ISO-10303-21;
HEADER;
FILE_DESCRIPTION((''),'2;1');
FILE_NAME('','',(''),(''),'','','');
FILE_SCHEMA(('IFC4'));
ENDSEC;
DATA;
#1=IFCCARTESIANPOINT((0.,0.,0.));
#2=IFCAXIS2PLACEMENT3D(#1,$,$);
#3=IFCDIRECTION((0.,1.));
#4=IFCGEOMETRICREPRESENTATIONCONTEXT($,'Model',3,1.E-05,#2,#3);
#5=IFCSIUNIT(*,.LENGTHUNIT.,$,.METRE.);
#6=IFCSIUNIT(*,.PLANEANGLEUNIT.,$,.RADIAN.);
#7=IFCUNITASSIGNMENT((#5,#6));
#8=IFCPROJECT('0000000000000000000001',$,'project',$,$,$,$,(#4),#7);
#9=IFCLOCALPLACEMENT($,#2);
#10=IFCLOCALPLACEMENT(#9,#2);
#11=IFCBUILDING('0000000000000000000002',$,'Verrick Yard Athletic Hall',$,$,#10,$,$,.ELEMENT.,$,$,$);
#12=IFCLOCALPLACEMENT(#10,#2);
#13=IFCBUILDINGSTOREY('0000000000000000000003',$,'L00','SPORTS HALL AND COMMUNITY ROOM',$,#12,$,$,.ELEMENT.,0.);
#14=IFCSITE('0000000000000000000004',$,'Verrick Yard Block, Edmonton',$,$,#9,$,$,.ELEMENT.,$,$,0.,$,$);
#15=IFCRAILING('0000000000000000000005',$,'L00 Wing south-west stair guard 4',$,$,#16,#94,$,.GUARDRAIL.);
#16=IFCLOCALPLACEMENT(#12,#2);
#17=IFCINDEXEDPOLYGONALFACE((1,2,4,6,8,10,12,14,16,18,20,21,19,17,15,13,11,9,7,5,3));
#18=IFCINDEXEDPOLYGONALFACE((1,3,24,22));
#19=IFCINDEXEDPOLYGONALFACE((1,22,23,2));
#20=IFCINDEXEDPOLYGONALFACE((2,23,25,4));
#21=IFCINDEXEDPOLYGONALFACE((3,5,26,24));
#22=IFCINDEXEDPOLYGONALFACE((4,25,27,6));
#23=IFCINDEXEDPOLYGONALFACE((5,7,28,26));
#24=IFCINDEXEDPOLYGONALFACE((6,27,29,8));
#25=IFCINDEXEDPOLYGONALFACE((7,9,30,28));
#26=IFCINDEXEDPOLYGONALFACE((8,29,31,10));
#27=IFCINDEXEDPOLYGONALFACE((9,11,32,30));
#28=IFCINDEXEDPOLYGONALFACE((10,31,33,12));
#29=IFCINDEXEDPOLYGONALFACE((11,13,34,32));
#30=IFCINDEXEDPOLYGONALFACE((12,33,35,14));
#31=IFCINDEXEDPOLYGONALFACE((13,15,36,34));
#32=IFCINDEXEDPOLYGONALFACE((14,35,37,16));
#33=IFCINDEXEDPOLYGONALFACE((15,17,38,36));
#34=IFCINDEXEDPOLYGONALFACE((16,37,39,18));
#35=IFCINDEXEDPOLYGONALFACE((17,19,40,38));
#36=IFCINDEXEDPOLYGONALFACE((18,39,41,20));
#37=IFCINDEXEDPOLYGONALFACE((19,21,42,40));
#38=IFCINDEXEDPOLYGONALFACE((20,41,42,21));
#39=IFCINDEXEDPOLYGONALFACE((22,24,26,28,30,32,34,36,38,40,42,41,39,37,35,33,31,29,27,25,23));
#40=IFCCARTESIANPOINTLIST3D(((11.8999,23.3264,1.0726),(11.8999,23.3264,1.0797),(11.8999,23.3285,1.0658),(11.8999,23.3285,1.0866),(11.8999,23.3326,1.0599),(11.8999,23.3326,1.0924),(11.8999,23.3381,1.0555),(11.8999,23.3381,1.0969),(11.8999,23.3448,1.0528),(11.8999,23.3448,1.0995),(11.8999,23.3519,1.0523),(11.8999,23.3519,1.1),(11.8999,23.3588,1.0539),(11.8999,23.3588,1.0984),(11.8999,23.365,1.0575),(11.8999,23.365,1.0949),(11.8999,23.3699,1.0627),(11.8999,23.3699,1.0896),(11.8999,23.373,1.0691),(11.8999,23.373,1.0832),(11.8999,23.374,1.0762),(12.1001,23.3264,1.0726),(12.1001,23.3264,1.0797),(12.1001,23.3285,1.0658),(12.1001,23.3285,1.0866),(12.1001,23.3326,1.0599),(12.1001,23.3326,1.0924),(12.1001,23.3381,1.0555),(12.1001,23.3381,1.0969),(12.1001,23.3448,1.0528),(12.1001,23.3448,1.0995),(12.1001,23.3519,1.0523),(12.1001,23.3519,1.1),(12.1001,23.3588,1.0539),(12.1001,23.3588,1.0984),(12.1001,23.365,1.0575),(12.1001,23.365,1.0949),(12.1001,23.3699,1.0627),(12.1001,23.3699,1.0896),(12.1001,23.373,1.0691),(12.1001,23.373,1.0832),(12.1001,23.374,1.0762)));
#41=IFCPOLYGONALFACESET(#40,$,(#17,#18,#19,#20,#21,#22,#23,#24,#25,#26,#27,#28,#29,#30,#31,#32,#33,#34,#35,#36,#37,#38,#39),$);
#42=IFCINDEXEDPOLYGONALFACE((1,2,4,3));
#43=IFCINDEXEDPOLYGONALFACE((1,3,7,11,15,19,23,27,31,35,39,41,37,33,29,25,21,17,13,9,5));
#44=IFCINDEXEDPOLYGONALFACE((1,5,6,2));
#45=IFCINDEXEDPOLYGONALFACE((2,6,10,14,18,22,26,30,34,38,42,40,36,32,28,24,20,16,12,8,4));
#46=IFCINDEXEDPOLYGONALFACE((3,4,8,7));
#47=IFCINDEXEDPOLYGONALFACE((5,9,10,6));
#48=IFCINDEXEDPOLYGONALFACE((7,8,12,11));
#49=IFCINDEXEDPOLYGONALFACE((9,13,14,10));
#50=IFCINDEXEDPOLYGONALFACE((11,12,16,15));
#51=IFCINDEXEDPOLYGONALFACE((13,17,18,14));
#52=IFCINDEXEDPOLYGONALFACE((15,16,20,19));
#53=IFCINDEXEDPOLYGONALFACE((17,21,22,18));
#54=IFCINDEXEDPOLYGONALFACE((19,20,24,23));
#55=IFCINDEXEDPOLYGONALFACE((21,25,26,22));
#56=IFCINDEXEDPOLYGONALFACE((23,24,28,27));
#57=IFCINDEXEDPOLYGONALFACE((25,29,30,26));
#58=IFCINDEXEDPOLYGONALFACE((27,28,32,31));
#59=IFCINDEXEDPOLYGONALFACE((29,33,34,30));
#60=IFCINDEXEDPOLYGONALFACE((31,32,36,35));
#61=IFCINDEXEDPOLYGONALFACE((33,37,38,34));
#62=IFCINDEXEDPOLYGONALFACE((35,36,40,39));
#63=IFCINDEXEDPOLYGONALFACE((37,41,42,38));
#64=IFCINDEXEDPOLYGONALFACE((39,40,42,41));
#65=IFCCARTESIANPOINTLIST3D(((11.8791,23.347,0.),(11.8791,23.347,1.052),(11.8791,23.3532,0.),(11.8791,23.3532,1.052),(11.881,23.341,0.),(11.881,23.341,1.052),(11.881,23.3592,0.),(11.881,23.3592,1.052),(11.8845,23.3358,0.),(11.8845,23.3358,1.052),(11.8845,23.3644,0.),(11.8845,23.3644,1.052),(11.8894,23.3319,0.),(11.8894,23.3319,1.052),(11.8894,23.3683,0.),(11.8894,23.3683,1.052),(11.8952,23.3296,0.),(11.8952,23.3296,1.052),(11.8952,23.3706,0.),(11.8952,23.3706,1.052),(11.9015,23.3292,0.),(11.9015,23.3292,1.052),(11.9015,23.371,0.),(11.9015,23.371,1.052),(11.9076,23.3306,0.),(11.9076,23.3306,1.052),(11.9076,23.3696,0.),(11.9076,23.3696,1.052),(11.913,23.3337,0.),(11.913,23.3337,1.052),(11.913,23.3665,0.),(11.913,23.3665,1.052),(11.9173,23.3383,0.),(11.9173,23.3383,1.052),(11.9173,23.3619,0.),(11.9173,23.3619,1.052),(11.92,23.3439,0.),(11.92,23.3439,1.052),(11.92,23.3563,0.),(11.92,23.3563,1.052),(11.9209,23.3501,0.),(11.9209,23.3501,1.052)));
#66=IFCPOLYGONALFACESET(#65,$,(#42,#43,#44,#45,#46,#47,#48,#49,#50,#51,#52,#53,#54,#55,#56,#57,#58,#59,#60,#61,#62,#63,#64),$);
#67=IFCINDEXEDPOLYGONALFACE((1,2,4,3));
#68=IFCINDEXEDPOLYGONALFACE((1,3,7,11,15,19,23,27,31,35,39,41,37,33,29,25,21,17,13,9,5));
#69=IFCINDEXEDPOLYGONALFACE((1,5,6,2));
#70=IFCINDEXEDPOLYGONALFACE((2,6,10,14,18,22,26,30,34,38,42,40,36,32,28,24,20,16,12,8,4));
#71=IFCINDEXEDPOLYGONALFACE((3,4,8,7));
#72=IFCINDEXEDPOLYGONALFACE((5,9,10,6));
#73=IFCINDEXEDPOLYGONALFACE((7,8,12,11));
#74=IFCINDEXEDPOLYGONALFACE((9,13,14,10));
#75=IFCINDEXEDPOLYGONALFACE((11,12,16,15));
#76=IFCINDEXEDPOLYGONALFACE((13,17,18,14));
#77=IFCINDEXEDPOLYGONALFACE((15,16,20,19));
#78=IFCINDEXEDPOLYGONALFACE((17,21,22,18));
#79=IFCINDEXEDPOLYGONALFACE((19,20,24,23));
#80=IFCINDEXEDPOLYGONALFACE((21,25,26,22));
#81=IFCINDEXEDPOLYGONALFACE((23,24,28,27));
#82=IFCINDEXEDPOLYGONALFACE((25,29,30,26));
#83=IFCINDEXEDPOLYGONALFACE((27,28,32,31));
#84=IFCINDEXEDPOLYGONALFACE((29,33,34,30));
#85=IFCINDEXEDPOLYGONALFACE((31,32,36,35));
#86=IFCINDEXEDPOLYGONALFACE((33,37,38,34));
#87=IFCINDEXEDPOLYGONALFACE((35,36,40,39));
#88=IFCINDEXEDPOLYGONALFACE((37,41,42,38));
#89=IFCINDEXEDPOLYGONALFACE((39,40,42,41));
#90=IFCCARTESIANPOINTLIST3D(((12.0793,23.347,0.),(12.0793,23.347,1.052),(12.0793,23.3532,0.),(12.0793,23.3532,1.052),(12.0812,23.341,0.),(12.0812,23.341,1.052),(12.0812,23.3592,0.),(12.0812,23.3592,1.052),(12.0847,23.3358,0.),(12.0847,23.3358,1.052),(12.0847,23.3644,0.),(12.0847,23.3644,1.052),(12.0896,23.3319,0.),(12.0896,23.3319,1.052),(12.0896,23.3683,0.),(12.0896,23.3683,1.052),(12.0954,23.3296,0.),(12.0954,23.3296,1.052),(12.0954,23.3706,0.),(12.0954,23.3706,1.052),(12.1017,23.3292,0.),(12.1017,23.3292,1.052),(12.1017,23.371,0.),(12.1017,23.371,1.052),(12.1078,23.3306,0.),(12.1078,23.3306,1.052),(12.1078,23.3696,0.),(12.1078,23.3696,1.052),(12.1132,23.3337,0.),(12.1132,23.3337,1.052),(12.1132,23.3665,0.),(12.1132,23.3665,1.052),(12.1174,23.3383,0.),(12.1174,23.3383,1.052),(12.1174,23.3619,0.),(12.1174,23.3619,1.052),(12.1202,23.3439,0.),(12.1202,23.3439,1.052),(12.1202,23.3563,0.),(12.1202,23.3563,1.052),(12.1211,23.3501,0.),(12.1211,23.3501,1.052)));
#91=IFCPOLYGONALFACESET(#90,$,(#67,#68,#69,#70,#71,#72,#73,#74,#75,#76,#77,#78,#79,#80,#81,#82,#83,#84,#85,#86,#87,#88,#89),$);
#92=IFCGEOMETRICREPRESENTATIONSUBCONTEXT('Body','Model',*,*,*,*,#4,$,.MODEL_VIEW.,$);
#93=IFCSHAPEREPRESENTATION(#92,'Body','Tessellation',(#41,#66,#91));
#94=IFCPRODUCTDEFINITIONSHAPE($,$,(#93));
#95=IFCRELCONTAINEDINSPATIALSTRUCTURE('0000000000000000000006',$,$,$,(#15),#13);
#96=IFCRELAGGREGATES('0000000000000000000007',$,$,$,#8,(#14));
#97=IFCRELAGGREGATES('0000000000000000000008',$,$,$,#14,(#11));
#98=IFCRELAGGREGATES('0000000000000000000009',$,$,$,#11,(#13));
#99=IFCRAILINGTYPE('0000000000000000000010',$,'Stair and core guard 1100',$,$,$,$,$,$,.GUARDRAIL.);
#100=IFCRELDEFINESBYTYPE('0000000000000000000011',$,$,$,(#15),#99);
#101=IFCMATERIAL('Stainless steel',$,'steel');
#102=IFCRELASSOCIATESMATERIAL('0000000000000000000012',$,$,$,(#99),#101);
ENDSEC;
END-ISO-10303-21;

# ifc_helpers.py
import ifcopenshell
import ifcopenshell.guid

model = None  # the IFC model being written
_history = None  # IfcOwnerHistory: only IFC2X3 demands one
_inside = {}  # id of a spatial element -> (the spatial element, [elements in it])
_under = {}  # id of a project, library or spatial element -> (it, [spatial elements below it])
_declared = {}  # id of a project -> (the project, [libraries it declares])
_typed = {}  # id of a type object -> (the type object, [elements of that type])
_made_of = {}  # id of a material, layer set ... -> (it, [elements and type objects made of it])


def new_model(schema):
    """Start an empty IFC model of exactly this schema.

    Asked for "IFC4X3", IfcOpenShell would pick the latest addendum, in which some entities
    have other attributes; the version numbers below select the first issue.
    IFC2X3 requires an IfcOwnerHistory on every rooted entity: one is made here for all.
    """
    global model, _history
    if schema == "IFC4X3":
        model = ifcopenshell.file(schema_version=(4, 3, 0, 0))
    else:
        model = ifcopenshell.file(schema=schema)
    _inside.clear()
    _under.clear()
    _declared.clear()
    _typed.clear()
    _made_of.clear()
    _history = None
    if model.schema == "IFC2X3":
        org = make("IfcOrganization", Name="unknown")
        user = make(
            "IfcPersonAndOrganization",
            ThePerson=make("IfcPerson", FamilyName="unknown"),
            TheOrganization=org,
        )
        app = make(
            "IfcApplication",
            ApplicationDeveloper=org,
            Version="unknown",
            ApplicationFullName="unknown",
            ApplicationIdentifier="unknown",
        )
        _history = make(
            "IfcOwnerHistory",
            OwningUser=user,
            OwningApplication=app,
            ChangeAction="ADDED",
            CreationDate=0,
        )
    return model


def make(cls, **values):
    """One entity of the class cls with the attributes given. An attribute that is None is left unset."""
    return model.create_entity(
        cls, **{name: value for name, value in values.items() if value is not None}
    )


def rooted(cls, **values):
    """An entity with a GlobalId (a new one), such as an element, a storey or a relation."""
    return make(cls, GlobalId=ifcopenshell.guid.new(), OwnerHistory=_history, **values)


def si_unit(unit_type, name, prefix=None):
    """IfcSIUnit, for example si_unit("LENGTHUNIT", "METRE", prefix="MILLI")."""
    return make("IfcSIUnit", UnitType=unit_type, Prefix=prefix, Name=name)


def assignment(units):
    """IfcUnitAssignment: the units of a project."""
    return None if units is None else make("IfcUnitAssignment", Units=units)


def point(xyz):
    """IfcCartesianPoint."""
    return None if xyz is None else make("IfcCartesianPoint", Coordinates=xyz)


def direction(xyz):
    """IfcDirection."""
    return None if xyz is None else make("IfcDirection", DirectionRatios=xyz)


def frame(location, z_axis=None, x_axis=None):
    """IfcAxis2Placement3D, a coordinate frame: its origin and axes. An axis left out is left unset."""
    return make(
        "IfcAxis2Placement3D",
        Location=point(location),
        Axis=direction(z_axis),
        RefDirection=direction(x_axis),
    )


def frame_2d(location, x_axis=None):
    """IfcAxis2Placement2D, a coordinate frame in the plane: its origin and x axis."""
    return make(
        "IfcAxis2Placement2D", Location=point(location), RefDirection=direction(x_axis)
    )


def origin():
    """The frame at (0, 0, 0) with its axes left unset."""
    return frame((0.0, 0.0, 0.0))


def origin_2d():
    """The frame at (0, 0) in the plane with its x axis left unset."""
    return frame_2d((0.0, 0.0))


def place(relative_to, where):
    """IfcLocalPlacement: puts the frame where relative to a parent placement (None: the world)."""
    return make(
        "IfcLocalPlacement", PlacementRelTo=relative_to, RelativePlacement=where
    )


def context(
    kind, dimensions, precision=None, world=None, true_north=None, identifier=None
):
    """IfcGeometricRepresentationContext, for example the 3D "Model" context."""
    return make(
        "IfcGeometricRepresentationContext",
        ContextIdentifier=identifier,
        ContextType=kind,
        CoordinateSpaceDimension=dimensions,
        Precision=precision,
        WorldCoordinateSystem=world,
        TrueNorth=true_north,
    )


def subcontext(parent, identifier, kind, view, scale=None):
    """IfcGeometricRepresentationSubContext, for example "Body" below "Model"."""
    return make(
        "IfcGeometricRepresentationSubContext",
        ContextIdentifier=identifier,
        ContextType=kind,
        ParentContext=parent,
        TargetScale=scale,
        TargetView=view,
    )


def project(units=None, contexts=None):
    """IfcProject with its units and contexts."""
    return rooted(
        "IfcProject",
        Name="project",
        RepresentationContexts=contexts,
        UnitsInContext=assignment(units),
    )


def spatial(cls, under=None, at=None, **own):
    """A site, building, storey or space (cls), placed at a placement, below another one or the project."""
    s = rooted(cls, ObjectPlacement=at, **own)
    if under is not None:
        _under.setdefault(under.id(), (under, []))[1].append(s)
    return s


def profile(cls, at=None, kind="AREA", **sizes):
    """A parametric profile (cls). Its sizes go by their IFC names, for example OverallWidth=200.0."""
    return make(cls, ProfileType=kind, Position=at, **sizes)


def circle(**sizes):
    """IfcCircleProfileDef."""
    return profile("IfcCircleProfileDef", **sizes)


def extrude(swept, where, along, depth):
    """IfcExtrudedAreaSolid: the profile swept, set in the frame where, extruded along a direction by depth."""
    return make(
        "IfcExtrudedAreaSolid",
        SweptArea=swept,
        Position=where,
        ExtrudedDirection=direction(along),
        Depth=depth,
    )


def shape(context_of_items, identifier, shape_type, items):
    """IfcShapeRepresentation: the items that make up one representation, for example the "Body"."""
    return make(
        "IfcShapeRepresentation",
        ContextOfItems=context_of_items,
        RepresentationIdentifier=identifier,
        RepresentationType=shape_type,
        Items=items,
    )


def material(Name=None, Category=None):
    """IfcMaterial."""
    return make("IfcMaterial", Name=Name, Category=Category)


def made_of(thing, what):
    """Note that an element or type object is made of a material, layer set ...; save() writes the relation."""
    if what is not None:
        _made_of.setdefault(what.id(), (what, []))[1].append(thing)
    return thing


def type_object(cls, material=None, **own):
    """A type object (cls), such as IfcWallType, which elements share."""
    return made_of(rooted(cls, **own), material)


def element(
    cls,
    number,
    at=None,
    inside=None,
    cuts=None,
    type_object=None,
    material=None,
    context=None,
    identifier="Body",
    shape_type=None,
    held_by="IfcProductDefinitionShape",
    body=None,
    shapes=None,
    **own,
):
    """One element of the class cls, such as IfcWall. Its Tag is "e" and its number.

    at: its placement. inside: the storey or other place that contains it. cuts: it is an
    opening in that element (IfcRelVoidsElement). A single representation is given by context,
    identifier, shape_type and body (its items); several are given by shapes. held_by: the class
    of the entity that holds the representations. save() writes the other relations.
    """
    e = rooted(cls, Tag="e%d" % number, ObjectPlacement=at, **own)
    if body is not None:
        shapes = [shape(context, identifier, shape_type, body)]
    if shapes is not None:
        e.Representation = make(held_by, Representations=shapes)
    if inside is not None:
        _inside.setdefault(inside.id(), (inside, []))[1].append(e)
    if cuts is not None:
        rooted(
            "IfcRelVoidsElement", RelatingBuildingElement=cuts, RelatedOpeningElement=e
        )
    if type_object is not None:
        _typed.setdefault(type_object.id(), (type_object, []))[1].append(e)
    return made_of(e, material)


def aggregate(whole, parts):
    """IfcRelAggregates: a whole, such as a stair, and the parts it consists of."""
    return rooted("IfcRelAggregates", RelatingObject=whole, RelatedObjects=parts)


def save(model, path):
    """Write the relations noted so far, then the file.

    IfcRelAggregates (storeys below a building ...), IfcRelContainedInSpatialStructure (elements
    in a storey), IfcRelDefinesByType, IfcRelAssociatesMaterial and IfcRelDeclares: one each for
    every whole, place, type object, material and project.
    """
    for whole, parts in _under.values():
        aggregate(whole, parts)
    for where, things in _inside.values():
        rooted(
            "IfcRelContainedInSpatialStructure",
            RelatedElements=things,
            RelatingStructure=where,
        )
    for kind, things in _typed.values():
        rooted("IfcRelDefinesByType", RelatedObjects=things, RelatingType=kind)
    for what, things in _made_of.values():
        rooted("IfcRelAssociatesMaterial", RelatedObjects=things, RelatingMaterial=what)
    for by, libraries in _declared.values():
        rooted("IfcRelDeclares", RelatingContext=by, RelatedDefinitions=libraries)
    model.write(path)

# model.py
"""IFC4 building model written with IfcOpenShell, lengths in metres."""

from ifc_helpers import new_model, si_unit, direction, frame, origin, origin_2d, place, context, subcontext, project, spatial, circle, extrude, material, type_object, element, save


model = new_model("IFC4")

# Units and contexts
model_context = context("Model", 3, precision=1e-05, world=origin(), true_north=direction((0.0, 1.0)))
body_context = subcontext(model_context, "Body", "Model", "MODEL_VIEW")
ifc_project = project(units=[si_unit("LENGTHUNIT", "METRE"), si_unit("PLANEANGLEUNIT", "RADIAN")], contexts=[model_context])

# Site, building, storey
site_placement = place(None, origin())
site = spatial("IfcSite", under=ifc_project, at=site_placement, Name="Verrick Yard Block, Edmonton", CompositionType="ELEMENT", RefElevation=0.0)
building_placement = place(site_placement, origin())
building = spatial("IfcBuilding", under=site, at=building_placement, Name="Verrick Yard Athletic Hall", CompositionType="ELEMENT")
storey_placement = place(building_placement, origin())
storey = spatial("IfcBuildingStorey", under=building, at=storey_placement, Name="L00", Description="SPORTS HALL AND COMMUNITY ROOM", CompositionType="ELEMENT", Elevation=0.0)

# Railing
ifc_material_1 = material(Name="Stainless steel", Category="steel")
railing_type_1 = type_object("IfcRailingType", Name="Stair and core guard 1100", PredefinedType="GUARDRAIL", material=ifc_material_1)
railing_1_placement = place(storey_placement, frame((11.8999, 23.3501, 0.0)))
element("IfcRailing", 1, at=railing_1_placement, inside=storey, type_object=railing_type_1, Name="L00 Wing south-west stair guard 4", PredefinedType="GUARDRAIL", context=body_context, shape_type="SweptSolid", body=[
    extrude(circle(Radius=0.0239, at=origin_2d()), frame((0.0, 0.0, 1.0762), z_axis=(1.0, 0.0, 0.0), x_axis=(0.0, 1.0, 0.0)), (0.0, 0.0, 1.0), 0.2002),
    extrude(circle(Radius=0.021, at=origin_2d()), origin(), (0.0, 0.0, 1.0), 1.052),
    extrude(circle(Radius=0.021, at=origin_2d()), frame((0.2002, 0.0, 0.0)), (0.0, 0.0, 1.0), 1.052),
])

save(model, "model.ifc")
